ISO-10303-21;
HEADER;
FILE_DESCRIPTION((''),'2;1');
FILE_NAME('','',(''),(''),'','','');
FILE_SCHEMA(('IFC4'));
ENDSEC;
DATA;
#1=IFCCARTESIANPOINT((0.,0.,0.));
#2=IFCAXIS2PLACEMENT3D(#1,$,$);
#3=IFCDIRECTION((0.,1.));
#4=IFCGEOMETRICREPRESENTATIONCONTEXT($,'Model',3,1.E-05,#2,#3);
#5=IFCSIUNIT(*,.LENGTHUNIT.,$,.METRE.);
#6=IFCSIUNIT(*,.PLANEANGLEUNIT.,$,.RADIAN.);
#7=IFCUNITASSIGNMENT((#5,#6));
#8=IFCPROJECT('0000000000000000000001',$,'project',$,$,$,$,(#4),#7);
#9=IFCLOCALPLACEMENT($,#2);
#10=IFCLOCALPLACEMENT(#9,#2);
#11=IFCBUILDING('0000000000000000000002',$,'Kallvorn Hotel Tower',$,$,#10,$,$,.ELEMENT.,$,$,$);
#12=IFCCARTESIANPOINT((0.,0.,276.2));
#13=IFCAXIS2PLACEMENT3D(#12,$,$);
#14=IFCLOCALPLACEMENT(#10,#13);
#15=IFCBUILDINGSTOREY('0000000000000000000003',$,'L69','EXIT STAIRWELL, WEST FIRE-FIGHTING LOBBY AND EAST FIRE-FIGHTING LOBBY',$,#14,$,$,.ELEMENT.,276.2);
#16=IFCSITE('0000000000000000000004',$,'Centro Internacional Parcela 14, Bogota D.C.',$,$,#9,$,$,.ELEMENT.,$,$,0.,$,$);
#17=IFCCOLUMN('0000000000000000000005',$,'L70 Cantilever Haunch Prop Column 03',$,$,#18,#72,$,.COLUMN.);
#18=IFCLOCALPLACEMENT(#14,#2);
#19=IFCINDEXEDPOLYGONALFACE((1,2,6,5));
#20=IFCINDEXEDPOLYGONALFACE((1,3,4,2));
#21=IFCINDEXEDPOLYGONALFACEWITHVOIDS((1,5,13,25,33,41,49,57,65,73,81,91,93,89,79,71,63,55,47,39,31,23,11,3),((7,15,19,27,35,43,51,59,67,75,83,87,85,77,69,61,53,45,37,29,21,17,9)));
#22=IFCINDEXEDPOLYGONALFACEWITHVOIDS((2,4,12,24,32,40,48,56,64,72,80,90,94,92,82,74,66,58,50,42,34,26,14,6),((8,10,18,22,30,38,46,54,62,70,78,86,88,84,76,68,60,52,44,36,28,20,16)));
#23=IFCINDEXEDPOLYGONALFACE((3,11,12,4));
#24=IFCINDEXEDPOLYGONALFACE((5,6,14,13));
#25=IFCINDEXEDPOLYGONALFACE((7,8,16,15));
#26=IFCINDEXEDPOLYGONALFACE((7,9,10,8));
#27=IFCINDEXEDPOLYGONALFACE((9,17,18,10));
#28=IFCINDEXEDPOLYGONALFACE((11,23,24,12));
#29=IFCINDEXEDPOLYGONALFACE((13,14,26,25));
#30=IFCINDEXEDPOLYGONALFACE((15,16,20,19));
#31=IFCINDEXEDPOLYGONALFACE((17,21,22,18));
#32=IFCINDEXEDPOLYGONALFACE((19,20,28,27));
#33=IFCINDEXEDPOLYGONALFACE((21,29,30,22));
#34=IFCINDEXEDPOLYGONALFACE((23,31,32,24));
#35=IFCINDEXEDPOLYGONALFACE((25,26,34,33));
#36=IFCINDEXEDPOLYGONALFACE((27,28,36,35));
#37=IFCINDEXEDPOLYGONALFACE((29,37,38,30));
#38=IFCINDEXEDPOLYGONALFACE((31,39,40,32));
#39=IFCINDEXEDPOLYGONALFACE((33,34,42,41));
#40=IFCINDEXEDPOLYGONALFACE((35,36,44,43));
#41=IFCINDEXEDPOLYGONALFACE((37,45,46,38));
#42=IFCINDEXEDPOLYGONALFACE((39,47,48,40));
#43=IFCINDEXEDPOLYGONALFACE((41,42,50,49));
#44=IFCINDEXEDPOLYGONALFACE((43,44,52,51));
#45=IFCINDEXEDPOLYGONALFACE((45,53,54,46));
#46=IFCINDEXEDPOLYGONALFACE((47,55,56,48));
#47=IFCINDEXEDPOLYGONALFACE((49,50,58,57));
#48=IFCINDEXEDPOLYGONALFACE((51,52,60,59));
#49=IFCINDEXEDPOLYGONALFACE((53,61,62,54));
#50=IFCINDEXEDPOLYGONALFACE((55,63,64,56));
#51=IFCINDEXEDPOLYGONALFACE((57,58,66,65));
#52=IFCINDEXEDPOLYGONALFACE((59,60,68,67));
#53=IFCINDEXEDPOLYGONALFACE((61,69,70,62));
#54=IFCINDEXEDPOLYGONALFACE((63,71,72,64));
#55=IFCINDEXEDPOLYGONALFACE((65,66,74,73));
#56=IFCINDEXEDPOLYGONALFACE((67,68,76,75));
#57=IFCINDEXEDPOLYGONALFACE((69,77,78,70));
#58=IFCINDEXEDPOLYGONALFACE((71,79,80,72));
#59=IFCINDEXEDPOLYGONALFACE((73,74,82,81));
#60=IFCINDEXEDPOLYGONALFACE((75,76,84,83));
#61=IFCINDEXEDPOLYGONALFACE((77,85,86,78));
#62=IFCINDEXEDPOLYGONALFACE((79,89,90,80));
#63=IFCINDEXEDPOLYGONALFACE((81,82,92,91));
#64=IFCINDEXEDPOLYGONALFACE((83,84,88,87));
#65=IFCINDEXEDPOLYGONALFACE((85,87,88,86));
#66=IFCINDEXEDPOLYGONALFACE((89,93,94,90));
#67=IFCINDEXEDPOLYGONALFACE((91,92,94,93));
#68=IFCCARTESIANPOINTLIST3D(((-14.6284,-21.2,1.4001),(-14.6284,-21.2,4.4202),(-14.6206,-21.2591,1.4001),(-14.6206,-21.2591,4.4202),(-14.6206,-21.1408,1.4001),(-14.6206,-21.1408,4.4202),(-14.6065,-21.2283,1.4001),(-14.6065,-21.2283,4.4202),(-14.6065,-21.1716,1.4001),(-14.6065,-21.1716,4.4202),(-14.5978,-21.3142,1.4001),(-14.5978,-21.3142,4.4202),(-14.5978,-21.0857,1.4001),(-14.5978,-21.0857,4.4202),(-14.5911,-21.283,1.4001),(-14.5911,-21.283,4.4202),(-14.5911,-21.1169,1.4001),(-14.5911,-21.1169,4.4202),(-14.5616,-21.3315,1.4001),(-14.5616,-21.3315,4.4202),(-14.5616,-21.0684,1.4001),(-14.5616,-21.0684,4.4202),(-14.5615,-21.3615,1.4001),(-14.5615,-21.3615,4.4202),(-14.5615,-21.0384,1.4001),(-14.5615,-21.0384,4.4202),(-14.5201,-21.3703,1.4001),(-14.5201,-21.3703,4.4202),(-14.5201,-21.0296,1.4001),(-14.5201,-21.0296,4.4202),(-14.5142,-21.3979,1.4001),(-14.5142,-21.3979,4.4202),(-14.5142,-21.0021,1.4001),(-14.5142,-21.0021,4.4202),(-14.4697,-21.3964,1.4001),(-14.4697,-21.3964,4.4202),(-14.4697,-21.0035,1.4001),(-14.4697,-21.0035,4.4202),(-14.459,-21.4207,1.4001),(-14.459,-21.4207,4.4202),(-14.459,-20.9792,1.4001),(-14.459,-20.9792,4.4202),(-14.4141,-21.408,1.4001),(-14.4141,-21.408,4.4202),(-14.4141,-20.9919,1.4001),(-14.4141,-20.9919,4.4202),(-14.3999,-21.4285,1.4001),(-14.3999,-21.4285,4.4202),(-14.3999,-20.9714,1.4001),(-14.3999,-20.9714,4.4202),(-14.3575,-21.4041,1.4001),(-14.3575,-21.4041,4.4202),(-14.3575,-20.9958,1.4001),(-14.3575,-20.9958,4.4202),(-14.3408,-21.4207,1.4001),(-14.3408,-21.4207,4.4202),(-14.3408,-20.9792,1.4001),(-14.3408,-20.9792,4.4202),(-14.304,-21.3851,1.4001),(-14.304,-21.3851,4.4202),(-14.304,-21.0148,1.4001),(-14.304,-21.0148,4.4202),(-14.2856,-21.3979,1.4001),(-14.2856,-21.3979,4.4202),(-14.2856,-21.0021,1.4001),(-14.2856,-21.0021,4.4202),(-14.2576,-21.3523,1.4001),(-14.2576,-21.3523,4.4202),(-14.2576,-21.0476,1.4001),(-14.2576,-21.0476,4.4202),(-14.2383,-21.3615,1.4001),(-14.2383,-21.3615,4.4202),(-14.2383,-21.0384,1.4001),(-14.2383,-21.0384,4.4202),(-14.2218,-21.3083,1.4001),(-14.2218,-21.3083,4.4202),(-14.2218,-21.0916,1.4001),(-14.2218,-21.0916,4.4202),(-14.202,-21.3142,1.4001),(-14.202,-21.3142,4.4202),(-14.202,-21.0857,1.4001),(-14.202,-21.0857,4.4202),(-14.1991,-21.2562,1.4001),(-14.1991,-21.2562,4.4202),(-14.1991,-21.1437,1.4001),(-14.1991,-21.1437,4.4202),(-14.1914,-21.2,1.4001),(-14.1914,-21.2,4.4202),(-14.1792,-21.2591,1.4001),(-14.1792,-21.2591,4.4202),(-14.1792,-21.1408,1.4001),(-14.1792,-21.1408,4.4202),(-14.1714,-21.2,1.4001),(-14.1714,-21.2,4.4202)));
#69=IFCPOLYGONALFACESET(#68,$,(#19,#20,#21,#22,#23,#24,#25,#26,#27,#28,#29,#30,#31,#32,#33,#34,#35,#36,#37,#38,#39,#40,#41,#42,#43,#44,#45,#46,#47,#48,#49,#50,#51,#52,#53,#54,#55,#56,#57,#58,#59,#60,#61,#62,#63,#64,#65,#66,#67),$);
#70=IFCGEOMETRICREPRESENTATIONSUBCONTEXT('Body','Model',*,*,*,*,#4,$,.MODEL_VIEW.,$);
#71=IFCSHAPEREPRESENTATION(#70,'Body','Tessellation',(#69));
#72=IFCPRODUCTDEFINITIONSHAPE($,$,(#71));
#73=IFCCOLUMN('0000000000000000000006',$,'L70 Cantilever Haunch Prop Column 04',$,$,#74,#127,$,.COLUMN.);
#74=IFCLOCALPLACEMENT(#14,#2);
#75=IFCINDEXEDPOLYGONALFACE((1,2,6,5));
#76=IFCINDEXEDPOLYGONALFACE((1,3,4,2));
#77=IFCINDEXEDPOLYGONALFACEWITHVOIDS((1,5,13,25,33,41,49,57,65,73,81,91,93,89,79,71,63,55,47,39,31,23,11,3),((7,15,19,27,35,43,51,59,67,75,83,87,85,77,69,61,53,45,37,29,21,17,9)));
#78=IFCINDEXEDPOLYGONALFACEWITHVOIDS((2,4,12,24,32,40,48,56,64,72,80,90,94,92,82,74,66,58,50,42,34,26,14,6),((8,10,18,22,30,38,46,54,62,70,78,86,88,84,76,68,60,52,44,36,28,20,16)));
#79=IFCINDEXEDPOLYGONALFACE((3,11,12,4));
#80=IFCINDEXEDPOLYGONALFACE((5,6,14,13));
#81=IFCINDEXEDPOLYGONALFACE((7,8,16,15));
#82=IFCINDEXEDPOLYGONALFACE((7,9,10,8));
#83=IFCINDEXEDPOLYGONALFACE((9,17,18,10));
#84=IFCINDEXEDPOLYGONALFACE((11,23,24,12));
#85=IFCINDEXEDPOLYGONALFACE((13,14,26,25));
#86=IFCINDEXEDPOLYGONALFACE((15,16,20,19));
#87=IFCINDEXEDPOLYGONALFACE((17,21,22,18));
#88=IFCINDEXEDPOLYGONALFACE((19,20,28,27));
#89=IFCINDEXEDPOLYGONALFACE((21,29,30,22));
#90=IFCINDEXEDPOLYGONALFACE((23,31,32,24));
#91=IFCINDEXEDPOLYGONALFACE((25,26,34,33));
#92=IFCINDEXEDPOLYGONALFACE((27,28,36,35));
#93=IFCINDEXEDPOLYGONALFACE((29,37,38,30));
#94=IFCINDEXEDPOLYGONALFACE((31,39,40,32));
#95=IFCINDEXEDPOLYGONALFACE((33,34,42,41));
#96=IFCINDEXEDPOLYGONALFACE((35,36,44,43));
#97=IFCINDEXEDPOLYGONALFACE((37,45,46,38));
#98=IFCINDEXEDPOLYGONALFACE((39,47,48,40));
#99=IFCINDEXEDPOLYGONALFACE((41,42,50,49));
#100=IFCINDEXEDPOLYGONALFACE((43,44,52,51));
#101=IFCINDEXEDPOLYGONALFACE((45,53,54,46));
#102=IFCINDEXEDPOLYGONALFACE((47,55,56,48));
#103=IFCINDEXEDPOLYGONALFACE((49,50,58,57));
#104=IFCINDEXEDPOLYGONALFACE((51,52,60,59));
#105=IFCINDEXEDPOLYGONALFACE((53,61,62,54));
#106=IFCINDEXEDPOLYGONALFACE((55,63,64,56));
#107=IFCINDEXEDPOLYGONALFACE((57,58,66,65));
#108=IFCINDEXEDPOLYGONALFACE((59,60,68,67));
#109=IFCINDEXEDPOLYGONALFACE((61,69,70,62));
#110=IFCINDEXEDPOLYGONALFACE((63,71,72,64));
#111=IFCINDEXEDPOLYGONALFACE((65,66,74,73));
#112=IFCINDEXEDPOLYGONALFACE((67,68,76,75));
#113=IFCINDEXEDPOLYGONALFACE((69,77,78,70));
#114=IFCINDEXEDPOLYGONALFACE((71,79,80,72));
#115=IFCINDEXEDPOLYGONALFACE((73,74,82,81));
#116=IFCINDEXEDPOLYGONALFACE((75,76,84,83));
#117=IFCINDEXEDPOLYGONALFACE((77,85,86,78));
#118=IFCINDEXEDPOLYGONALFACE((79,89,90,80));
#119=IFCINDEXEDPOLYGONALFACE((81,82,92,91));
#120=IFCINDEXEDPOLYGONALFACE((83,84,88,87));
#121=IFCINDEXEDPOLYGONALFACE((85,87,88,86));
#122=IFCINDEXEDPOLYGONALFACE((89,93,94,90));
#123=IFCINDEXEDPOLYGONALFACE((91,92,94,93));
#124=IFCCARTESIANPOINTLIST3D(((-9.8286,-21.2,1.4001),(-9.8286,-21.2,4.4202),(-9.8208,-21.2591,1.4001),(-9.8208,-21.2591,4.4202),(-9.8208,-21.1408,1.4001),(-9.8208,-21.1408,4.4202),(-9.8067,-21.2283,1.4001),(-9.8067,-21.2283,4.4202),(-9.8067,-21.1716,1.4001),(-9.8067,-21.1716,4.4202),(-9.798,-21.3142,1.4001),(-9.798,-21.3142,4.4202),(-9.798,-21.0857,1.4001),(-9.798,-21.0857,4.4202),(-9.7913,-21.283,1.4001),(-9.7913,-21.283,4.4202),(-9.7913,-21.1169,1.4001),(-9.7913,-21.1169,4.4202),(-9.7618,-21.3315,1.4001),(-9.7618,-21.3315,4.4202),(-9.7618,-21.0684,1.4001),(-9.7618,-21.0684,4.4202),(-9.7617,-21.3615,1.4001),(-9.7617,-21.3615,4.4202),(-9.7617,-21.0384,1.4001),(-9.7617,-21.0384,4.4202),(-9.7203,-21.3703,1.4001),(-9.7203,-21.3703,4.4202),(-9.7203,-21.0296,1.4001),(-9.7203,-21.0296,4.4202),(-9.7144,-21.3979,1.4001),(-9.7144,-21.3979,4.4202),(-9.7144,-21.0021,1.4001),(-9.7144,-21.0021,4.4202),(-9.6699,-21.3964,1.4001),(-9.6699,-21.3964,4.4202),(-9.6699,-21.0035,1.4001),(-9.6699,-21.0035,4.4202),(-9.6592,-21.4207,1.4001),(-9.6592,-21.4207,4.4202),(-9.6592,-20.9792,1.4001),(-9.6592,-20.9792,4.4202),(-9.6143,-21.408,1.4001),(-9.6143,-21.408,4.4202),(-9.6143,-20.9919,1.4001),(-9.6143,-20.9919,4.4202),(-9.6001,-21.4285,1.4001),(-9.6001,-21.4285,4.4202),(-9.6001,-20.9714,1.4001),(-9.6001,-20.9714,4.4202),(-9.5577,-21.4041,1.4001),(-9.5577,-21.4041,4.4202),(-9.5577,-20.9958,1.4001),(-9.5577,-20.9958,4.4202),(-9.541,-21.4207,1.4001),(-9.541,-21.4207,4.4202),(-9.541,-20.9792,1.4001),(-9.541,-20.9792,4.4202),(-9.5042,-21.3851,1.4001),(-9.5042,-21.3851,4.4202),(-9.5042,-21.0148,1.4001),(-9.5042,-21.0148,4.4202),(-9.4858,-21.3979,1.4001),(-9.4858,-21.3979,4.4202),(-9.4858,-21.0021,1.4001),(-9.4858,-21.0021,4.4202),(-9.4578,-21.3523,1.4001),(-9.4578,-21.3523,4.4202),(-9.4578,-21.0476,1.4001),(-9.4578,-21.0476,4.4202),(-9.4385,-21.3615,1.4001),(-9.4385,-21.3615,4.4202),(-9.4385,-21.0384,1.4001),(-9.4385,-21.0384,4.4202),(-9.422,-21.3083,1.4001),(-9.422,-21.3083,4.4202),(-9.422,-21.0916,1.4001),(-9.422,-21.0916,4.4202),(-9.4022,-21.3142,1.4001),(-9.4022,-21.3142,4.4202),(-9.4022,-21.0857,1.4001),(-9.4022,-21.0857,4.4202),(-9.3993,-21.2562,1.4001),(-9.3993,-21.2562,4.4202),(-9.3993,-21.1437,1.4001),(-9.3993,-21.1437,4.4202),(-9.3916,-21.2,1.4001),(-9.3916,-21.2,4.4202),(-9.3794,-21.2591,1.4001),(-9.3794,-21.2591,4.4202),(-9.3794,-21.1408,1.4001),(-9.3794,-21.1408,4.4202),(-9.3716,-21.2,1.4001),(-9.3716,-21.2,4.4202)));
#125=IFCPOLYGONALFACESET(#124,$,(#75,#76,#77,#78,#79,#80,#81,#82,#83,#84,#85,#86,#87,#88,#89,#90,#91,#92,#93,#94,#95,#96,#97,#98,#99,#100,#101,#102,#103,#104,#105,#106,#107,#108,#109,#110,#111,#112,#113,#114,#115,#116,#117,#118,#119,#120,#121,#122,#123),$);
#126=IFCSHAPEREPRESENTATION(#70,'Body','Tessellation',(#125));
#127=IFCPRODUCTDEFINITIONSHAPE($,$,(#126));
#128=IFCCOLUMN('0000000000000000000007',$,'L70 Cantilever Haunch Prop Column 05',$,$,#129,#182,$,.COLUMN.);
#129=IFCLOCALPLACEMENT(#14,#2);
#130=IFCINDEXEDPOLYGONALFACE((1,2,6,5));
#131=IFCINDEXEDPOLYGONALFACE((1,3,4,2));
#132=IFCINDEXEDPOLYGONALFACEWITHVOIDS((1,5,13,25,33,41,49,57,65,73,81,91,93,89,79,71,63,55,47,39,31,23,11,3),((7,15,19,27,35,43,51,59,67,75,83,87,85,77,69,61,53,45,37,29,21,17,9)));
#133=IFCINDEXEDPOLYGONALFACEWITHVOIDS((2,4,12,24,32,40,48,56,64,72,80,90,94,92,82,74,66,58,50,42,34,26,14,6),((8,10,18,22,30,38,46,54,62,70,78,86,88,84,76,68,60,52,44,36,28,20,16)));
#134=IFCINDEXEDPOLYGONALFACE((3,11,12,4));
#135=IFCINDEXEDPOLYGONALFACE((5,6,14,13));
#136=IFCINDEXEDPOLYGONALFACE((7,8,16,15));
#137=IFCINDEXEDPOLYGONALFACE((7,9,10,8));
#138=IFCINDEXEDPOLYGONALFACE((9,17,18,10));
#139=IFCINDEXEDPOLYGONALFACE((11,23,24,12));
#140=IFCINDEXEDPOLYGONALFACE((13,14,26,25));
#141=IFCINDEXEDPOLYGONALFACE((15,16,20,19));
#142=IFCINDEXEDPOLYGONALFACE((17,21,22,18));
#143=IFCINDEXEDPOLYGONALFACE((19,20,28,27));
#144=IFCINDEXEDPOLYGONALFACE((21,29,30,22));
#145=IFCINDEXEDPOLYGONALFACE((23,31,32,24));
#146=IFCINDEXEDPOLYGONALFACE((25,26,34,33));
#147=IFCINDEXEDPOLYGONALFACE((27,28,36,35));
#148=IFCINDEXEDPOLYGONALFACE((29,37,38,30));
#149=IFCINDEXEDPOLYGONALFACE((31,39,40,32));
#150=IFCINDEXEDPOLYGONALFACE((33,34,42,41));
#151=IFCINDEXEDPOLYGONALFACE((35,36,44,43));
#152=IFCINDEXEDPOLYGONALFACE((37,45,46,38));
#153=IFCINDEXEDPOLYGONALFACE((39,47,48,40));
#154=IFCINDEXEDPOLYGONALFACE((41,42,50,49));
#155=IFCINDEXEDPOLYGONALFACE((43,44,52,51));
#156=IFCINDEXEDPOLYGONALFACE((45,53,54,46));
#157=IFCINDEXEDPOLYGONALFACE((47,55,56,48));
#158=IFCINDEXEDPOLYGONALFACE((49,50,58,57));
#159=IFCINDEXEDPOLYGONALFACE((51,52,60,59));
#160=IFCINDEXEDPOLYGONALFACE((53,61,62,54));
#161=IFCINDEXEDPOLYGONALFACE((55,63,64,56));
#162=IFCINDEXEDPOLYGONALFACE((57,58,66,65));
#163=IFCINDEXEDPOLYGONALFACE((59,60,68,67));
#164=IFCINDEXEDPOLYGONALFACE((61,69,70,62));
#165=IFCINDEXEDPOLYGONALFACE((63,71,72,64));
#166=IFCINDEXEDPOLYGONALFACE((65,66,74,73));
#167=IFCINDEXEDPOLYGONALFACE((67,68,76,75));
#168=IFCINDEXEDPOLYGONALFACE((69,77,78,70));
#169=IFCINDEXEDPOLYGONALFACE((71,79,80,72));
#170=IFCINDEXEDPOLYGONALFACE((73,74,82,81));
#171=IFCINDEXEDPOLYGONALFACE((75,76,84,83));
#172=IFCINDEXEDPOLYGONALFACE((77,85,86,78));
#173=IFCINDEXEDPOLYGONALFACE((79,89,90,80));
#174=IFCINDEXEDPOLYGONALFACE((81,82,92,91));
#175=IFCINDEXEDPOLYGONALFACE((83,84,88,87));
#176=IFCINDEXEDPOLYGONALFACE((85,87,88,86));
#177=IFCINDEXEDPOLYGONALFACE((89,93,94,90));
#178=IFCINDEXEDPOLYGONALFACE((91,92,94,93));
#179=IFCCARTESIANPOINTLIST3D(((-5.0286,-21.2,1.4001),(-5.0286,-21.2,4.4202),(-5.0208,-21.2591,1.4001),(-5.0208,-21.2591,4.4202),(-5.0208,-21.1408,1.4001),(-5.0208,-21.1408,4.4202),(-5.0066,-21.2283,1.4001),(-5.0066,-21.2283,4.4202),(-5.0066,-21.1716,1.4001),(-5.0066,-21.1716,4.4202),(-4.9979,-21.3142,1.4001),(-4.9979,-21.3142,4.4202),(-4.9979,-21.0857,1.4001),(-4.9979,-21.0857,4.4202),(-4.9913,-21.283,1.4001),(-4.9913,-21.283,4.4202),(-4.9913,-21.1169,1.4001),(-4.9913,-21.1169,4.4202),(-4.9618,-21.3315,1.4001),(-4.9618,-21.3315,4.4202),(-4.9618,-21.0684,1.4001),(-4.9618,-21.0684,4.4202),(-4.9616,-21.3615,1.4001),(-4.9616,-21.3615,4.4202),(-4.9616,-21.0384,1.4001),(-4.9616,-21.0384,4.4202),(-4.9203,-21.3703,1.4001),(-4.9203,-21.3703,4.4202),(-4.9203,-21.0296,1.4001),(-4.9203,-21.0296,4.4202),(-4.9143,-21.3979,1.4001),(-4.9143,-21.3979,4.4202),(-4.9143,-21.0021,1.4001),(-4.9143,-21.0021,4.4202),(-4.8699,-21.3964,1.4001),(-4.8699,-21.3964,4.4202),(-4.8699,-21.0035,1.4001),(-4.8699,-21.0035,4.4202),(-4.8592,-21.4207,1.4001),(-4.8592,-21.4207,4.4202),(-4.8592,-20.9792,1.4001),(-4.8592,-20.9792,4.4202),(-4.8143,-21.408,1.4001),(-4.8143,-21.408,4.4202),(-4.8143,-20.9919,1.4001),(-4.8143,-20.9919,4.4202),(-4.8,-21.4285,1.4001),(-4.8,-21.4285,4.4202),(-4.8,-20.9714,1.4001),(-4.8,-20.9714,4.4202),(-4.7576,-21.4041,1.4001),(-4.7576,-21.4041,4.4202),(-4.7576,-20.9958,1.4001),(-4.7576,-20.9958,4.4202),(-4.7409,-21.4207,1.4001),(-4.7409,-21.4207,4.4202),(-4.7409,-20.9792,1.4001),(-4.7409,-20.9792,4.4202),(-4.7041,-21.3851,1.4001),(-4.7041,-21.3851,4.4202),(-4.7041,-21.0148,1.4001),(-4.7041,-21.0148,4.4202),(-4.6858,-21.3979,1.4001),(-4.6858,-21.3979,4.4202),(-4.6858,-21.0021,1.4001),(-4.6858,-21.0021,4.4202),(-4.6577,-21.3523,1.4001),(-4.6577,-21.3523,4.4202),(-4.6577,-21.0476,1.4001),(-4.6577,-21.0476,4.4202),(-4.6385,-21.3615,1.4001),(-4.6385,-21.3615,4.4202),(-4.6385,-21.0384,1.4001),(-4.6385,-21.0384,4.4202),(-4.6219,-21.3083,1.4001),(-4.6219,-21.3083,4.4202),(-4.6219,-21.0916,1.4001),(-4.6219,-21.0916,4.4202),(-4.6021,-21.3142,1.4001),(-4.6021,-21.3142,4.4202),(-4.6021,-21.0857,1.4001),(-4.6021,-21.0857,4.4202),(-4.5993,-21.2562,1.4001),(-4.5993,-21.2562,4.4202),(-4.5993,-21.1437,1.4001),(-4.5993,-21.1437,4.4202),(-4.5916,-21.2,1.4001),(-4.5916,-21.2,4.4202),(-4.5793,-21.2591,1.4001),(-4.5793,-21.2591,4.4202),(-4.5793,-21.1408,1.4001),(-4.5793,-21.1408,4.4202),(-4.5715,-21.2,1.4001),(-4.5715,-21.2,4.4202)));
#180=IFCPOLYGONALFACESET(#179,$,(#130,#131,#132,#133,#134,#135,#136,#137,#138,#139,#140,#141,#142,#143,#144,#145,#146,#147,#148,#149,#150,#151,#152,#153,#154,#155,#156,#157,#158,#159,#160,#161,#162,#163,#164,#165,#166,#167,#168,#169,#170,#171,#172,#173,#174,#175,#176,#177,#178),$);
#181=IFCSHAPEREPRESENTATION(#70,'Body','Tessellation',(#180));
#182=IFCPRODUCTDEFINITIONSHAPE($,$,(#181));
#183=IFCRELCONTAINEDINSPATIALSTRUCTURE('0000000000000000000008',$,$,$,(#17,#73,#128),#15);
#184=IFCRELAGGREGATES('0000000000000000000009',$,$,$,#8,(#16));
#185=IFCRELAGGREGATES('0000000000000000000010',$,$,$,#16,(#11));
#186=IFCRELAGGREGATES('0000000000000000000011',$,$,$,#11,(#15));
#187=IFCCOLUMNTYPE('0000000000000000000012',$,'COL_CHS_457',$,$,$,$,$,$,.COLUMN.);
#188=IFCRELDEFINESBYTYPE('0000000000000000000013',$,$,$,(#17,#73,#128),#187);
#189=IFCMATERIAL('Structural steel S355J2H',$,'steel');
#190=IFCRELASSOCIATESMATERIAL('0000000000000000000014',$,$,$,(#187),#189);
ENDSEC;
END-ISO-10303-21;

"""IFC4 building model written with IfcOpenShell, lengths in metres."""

from ifc_helpers import new_model, si_unit, direction, frame, origin, origin_2d, place, context, subcontext, project, spatial, hollow_circle, extrude, material, material_profile, profile_set, type_object, element, save


model = new_model("IFC4")

# Units and contexts
model_context = context("Model", 3, precision=1e-05, world=origin(), true_north=direction((0.0, 1.0)))
body_context = subcontext(model_context, "Body", "Model", "MODEL_VIEW")
ifc_project = project(units=[si_unit("LENGTHUNIT", "METRE"), si_unit("PLANEANGLEUNIT", "RADIAN")], contexts=[model_context])

# Site, building, storey
site_placement = place(None, origin())
site = spatial("IfcSite", under=ifc_project, at=site_placement, Name="Centro Internacional Parcela 14, Bogota D.C.", CompositionType="ELEMENT", RefElevation=0.0)
building_placement = place(site_placement, origin())
building = spatial("IfcBuilding", under=site, at=building_placement, Name="Kallvorn Hotel Tower", CompositionType="ELEMENT")
storey_placement = place(building_placement, frame((0.0, 0.0, 276.2)))
storey = spatial("IfcBuildingStorey", under=building, at=storey_placement, Name="L69", Description="EXIT STAIRWELL, WEST FIRE-FIGHTING LOBBY AND EAST FIRE-FIGHTING LOBBY", CompositionType="ELEMENT", Elevation=276.2)

# Columns
ifc_material_1 = material(Name="Structural steel S355J2H", Category="steel")
ifc_material_profile_1 = material_profile(ifc_material_1, hollow_circle(Radius=0.2285, WallThickness=0.02, at=origin_2d()), Name="CHS 457x20")
ifc_profile_set_1 = profile_set([ifc_material_profile_1], Name="Structural steel S355J2H")
column_type_1 = type_object("IfcColumnType", Name="COL_CHS_457", PredefinedType="COLUMN", material=ifc_profile_set_1)
for number, where, z_axis, x_axis, name in (
    (1, (-14.3999, -21.2, 1.4001), (0.0, 0.0, 1.0), (1.0, 0.0, 0.0), "L70 Cantilever Haunch Prop Column 03"),
    (2, (-9.6001, -21.2, 1.4001), (0.0, 0.0, 1.0), (1.0, 0.0, 0.0), "L70 Cantilever Haunch Prop Column 04"),
    (3, (-4.8, -21.2, 1.4001), (0.0, 0.0, 1.0), (1.0, 0.0, 0.0), "L70 Cantilever Haunch Prop Column 05"),
):
    element("IfcColumn", number, at=place(storey_placement, frame(where, z_axis=z_axis, x_axis=x_axis)), inside=storey, type_object=column_type_1, Name=name, PredefinedType="COLUMN", context=body_context, shape_type="SweptSolid", body=[
        extrude(hollow_circle(Radius=0.2285, WallThickness=0.02, at=origin_2d()), origin(), (0.0, 0.0, 1.0), 3.02),
    ])

save(model, "model.ifc")
